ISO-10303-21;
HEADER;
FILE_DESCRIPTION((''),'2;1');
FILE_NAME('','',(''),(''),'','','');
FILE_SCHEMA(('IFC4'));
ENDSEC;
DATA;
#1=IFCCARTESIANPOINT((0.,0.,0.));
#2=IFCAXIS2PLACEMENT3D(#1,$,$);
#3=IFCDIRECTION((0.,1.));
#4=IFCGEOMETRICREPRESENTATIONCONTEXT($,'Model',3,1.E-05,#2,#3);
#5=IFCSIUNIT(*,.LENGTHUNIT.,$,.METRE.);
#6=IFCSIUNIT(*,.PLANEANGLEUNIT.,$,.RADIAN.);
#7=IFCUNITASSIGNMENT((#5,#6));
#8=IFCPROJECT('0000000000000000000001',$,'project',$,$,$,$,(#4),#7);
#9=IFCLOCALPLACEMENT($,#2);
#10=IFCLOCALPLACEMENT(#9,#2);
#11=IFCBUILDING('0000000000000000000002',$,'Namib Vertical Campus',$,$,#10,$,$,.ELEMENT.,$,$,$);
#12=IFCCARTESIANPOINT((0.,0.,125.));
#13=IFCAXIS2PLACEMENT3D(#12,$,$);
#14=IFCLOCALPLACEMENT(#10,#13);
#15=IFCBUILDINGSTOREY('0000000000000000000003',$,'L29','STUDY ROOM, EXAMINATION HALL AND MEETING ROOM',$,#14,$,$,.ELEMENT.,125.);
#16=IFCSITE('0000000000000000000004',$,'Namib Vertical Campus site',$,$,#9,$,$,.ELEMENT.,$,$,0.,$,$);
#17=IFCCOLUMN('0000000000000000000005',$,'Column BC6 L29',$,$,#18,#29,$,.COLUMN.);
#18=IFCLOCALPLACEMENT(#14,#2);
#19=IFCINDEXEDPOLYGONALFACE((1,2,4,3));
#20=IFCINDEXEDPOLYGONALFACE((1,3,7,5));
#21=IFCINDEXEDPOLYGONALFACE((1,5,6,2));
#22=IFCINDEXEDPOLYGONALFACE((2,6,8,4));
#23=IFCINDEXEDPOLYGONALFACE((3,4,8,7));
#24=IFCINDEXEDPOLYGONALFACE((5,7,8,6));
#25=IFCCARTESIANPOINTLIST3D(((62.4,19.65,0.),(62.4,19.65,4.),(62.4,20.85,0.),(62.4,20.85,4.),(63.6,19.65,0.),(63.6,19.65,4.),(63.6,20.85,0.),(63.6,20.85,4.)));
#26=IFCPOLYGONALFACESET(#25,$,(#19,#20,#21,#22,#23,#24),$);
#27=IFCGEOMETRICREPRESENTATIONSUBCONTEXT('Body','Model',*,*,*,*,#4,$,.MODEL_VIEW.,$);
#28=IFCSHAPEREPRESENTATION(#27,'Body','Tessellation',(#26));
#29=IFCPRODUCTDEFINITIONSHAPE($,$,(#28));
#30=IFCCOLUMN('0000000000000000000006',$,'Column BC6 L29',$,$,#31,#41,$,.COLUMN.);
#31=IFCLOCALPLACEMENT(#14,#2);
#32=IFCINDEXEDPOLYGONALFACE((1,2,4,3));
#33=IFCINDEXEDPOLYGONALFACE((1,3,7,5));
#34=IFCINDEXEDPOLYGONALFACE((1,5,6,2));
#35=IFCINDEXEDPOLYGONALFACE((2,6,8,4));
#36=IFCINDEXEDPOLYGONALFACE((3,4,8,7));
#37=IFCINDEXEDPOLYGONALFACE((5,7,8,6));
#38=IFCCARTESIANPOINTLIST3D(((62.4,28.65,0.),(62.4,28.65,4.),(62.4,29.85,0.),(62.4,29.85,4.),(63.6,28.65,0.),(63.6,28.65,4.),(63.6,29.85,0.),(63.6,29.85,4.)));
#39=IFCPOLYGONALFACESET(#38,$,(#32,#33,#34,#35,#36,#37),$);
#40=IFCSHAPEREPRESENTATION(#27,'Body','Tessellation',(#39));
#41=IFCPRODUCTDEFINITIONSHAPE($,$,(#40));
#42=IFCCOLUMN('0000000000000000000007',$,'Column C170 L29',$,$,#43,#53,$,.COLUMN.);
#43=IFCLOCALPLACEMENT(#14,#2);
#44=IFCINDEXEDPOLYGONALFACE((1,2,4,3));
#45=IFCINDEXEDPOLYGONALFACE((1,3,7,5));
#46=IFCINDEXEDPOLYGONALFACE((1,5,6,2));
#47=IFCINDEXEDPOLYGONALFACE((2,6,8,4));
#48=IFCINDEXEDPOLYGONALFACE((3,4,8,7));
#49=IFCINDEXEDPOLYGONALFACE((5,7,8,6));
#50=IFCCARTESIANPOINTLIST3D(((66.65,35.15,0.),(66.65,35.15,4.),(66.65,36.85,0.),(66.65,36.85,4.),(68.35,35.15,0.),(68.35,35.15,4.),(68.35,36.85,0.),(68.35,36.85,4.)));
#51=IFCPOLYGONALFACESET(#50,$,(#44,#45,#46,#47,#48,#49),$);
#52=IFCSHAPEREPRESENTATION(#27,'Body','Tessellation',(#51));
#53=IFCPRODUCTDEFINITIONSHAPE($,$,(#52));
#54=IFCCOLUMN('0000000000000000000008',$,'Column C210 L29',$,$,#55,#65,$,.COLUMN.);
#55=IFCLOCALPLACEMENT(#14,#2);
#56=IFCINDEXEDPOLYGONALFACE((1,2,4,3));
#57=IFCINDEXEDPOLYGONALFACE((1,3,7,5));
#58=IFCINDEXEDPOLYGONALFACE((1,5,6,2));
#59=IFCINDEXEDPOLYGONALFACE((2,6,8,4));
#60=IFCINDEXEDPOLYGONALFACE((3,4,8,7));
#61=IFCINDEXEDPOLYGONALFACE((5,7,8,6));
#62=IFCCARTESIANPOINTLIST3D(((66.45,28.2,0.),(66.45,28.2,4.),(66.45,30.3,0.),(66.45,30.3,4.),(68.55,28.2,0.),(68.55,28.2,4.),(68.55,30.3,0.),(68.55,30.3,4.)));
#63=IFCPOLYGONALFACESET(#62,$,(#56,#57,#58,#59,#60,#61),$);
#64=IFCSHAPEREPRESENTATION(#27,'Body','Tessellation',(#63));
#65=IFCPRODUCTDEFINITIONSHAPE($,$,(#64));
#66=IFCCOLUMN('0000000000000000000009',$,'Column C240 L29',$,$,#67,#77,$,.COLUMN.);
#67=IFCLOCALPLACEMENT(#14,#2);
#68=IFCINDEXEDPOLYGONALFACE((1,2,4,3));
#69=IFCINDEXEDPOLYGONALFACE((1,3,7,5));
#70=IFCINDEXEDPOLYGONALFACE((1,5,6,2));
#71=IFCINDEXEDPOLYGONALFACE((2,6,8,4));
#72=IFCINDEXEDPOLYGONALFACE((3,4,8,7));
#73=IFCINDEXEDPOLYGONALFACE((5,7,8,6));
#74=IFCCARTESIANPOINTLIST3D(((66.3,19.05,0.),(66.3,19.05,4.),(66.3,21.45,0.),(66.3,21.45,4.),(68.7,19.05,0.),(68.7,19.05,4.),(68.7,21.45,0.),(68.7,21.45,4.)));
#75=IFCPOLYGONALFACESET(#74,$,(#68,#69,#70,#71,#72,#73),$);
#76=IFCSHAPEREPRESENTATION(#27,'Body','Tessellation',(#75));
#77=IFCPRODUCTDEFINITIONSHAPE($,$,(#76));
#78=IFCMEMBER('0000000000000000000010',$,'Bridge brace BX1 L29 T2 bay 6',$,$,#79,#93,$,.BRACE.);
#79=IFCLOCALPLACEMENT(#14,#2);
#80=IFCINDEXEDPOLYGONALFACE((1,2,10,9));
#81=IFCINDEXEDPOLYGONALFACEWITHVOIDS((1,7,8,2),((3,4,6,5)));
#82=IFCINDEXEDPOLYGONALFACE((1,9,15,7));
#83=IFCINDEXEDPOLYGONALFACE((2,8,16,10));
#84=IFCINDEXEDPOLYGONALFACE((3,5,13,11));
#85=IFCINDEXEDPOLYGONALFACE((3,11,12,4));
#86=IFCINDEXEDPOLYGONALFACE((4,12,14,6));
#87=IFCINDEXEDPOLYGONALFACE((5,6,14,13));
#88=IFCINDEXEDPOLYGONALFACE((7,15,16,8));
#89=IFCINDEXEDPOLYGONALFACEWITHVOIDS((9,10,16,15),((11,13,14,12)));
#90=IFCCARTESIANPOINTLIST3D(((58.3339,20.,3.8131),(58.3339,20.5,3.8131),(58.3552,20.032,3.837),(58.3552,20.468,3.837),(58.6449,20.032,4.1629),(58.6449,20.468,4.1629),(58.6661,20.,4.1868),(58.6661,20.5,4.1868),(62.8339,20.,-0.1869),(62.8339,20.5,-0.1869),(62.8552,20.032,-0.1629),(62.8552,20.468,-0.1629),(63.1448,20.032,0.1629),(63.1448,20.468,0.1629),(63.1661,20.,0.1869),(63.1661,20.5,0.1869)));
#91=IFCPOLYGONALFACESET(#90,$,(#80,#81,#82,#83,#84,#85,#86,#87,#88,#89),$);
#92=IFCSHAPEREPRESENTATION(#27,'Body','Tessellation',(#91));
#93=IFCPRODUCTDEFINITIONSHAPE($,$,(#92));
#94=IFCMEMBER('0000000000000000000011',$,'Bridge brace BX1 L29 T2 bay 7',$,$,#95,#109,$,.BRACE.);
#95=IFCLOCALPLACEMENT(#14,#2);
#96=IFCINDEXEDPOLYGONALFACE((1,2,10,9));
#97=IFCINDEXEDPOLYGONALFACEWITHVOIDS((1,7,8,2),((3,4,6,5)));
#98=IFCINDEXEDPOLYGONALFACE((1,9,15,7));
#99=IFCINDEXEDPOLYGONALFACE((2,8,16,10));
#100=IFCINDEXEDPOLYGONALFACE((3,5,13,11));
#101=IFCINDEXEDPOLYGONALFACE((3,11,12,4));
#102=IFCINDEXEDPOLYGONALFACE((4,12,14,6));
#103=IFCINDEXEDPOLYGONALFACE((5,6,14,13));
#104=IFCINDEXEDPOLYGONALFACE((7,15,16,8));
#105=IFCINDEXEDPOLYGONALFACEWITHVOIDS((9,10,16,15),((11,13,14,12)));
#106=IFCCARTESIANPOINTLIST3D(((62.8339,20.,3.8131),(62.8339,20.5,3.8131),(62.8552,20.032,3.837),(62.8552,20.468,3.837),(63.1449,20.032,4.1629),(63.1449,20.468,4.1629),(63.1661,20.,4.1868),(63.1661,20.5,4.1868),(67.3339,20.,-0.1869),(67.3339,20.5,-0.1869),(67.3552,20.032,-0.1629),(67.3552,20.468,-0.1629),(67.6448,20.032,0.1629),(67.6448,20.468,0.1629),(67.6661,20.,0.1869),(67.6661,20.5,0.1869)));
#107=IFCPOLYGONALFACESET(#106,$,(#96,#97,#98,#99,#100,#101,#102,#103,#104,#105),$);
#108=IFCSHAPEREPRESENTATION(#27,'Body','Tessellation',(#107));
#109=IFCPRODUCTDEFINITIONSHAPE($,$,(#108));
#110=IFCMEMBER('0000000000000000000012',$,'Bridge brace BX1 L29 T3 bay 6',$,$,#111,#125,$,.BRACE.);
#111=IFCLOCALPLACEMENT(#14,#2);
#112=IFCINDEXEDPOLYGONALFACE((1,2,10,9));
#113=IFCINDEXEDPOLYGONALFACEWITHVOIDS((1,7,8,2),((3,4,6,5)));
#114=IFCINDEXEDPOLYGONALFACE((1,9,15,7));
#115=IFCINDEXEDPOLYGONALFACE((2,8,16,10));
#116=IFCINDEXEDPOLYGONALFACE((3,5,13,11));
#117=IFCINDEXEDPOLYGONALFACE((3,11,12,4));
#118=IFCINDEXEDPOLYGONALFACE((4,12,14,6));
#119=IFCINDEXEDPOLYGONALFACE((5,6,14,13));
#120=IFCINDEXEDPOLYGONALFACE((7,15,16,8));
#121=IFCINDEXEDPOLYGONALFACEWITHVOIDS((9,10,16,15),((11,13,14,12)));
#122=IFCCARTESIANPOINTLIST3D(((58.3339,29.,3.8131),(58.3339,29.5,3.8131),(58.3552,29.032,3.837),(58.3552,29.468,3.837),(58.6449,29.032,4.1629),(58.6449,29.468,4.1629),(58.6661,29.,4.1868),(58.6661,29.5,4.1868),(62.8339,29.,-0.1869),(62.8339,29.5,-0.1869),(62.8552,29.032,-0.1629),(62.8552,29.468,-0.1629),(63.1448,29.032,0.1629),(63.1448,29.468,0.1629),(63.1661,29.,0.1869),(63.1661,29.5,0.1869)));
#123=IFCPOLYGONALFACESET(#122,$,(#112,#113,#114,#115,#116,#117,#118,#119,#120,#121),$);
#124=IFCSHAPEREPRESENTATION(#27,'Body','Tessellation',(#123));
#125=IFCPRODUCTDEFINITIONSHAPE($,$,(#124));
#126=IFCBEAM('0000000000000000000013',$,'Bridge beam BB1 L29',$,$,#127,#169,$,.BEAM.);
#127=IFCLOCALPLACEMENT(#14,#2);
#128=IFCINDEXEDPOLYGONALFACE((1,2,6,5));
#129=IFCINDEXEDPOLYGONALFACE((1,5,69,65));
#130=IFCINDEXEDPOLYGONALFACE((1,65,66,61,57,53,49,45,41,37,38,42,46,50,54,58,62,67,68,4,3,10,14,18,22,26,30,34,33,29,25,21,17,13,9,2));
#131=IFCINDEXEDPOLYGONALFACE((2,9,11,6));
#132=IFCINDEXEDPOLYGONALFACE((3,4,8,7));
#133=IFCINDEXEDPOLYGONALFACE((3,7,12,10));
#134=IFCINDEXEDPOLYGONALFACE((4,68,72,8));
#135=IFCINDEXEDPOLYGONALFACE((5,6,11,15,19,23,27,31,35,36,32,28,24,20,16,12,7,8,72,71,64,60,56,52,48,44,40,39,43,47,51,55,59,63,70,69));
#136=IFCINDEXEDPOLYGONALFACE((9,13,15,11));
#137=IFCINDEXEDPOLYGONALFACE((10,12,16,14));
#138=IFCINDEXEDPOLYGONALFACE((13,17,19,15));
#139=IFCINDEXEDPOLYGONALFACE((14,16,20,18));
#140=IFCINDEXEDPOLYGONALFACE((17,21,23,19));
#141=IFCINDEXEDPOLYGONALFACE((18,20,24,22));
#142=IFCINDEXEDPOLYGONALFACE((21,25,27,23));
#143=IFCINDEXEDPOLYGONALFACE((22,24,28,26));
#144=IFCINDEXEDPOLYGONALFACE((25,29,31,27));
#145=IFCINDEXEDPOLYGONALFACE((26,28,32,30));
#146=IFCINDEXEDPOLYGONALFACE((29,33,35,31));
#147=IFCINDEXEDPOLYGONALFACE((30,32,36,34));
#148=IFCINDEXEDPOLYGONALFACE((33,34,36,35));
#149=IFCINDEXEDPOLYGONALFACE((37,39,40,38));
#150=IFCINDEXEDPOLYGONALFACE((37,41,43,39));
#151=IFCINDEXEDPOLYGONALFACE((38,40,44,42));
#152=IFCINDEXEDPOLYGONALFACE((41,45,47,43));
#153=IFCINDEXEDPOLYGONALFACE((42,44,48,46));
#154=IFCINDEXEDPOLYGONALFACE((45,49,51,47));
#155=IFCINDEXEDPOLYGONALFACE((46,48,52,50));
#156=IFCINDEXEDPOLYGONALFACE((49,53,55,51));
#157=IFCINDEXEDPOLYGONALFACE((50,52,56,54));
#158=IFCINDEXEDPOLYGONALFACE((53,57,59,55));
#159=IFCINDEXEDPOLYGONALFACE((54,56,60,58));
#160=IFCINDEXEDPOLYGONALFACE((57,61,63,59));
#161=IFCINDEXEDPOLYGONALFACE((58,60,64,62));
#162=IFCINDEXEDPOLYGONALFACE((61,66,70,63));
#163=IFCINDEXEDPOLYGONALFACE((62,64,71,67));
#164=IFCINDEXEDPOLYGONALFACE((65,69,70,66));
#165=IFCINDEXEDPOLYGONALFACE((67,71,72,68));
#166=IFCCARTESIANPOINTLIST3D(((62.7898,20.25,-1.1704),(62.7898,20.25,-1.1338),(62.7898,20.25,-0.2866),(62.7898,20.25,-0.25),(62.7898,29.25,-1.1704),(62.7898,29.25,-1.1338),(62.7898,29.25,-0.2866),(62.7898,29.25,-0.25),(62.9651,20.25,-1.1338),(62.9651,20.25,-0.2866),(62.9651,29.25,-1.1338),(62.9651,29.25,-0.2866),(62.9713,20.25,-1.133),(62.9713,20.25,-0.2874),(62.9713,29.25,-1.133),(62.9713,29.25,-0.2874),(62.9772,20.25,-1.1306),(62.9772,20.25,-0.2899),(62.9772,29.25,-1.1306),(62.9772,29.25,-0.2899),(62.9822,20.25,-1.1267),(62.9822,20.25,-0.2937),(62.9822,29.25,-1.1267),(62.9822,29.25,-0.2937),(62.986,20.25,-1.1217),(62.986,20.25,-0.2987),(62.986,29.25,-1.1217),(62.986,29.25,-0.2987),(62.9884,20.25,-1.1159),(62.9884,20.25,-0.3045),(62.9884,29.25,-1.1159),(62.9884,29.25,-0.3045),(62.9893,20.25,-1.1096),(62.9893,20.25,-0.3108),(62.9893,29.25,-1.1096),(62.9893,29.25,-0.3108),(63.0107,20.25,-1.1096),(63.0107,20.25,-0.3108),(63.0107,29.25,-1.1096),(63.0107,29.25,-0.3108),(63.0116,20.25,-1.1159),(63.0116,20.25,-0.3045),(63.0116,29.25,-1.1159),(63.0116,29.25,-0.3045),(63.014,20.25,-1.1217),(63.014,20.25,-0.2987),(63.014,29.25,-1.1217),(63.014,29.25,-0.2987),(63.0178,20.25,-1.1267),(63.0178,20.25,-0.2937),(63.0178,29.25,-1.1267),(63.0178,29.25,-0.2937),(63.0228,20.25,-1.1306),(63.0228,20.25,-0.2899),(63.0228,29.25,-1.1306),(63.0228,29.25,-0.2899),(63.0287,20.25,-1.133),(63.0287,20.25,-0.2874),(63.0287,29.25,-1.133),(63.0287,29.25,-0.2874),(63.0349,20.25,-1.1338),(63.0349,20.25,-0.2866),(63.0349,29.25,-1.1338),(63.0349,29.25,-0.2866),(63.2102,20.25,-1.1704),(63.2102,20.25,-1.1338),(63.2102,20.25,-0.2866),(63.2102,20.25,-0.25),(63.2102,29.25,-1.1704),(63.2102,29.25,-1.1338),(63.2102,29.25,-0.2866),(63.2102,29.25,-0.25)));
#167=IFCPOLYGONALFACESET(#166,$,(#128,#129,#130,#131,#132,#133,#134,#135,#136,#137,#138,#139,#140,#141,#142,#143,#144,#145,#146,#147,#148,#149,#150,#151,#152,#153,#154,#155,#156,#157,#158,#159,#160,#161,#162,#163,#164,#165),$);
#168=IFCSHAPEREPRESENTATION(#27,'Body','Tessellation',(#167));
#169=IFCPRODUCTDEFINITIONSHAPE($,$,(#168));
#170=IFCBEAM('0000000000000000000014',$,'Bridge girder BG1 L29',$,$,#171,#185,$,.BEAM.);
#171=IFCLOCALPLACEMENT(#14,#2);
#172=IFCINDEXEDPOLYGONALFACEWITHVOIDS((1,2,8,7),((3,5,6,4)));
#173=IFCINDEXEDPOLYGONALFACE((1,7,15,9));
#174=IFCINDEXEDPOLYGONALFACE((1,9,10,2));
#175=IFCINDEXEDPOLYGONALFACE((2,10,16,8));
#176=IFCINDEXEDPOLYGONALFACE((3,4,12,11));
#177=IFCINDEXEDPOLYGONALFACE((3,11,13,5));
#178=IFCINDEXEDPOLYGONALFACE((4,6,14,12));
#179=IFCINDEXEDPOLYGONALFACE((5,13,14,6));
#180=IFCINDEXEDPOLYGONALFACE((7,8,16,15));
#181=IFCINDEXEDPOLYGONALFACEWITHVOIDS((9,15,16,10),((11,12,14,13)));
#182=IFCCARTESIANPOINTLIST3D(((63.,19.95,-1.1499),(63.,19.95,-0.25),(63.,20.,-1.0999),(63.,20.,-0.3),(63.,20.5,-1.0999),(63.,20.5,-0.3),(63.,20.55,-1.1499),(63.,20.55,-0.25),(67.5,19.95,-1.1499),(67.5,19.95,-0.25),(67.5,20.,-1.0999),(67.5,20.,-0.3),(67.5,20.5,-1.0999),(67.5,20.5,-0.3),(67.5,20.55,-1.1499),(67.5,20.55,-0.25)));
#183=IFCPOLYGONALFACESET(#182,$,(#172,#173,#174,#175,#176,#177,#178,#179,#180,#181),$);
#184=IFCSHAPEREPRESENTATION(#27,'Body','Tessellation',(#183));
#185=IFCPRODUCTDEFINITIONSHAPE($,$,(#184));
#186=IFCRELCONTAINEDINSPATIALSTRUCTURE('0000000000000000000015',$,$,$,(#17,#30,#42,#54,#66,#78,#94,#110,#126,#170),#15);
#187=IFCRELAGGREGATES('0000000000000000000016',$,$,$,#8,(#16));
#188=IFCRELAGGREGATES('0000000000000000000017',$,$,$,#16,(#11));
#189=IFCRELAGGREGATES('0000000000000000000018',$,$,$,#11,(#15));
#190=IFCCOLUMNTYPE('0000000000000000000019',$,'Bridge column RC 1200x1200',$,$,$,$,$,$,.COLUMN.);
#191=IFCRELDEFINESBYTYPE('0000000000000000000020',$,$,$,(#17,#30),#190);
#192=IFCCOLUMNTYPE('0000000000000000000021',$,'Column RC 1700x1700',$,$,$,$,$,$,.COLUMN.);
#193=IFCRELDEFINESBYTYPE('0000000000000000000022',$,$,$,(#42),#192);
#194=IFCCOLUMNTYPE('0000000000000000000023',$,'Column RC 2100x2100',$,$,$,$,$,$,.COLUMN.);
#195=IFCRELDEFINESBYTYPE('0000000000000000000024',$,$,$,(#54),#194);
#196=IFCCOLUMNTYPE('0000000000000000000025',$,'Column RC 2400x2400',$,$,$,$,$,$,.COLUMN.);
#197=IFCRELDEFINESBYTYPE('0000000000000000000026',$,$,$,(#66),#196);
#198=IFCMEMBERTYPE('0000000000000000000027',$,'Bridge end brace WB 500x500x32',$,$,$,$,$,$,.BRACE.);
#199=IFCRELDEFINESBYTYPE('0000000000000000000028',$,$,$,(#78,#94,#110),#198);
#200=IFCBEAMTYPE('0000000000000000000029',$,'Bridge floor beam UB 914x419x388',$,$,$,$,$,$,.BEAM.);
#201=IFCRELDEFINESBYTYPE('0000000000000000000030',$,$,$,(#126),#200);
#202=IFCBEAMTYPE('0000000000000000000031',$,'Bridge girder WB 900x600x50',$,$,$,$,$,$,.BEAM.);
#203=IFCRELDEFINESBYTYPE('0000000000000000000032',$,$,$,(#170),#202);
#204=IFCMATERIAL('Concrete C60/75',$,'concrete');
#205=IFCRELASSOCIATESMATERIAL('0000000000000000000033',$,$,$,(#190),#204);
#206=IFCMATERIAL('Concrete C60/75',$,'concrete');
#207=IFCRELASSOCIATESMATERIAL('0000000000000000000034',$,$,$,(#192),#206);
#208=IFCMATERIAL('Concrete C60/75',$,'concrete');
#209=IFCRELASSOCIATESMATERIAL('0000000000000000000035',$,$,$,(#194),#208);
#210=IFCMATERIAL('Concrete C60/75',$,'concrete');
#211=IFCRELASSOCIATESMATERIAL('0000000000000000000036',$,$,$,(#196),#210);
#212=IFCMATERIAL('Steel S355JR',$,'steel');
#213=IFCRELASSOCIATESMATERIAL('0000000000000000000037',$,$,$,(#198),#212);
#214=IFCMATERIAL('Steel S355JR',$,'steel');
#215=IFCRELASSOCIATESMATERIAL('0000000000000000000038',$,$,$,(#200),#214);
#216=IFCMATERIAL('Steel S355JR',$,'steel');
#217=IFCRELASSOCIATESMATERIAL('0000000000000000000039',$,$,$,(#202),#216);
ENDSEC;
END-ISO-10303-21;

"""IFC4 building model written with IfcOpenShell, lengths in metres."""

from ifc_helpers import new_model, si_unit, direction, frame, origin, origin_2d, place, context, subcontext, project, spatial, rectangle, hollow_rectangle, i_section, extrude, material, material_profile, profile_set, type_object, element, save


model = new_model("IFC4")

# Units and contexts
model_context = context("Model", 3, precision=1e-05, world=origin(), true_north=direction((0.0, 1.0)))
body_context = subcontext(model_context, "Body", "Model", "MODEL_VIEW")
ifc_project = project(units=[si_unit("LENGTHUNIT", "METRE"), si_unit("PLANEANGLEUNIT", "RADIAN")], contexts=[model_context])

# Site, building, storey
site_placement = place(None, origin())
site = spatial("IfcSite", under=ifc_project, at=site_placement, Name="Namib Vertical Campus site", CompositionType="ELEMENT", RefElevation=0.0)
building_placement = place(site_placement, origin())
building = spatial("IfcBuilding", under=site, at=building_placement, Name="Namib Vertical Campus", CompositionType="ELEMENT")
storey_placement = place(building_placement, frame((0.0, 0.0, 125.0)))
storey = spatial("IfcBuildingStorey", under=building, at=storey_placement, Name="L29", Description="STUDY ROOM, EXAMINATION HALL AND MEETING ROOM", CompositionType="ELEMENT", Elevation=125.0)

# Columns
ifc_material_1 = material(Name="Concrete C60/75", Category="concrete")
ifc_material_profile_1 = material_profile(ifc_material_1, rectangle(XDim=1.2, YDim=1.2, at=origin_2d()))
ifc_profile_set_1 = profile_set([ifc_material_profile_1], Name="Concrete C60/75")
column_type_1 = type_object("IfcColumnType", Name="Bridge column RC 1200x1200", PredefinedType="COLUMN", material=ifc_profile_set_1)
for number, where, z_axis, x_axis, name in (
    (1, (63.0, 20.25, 0.0), (0.0, 0.0, 1.0), (1.0, 0.0, 0.0), "Column BC6 L29"),
    (2, (63.0, 29.25, 0.0), (0.0, 0.0, 1.0), (1.0, 0.0, 0.0), "Column BC6 L29"),
):
    element("IfcColumn", number, at=place(storey_placement, frame(where, z_axis=z_axis, x_axis=x_axis)), inside=storey, type_object=column_type_1, Name=name, PredefinedType="COLUMN", context=body_context, shape_type="SweptSolid", body=[
        extrude(rectangle(XDim=1.2, YDim=1.2, at=origin_2d()), origin(), (0.0, 0.0, 1.0), 4.0),
    ])
ifc_material_2 = material(Name="Concrete C60/75", Category="concrete")
ifc_material_profile_2 = material_profile(ifc_material_2, rectangle(XDim=1.7, YDim=1.7, at=origin_2d()))
ifc_profile_set_2 = profile_set([ifc_material_profile_2], Name="Concrete C60/75")
column_type_2 = type_object("IfcColumnType", Name="Column RC 1700x1700", PredefinedType="COLUMN", material=ifc_profile_set_2)
column_1_placement = place(storey_placement, frame((67.5, 36.0, 0.0), z_axis=(0.0, 0.0, 1.0), x_axis=(1.0, 0.0, 0.0)))
element("IfcColumn", 3, at=column_1_placement, inside=storey, type_object=column_type_2, Name="Column C170 L29", PredefinedType="COLUMN", context=body_context, shape_type="SweptSolid", body=[
    extrude(rectangle(XDim=1.7, YDim=1.7, at=origin_2d()), origin(), (0.0, 0.0, 1.0), 4.0),
])
ifc_material_3 = material(Name="Concrete C60/75", Category="concrete")
ifc_material_profile_3 = material_profile(ifc_material_3, rectangle(XDim=2.1001, YDim=2.1001, at=origin_2d()))
ifc_profile_set_3 = profile_set([ifc_material_profile_3], Name="Concrete C60/75")
column_type_3 = type_object("IfcColumnType", Name="Column RC 2100x2100", PredefinedType="COLUMN", material=ifc_profile_set_3)
column_2_placement = place(storey_placement, frame((67.5, 29.25, 0.0), z_axis=(0.0, 0.0, 1.0), x_axis=(1.0, 0.0, 0.0)))
element("IfcColumn", 4, at=column_2_placement, inside=storey, type_object=column_type_3, Name="Column C210 L29", PredefinedType="COLUMN", context=body_context, shape_type="SweptSolid", body=[
    extrude(rectangle(XDim=2.1001, YDim=2.1001, at=origin_2d()), origin(), (0.0, 0.0, 1.0), 4.0),
])
ifc_material_4 = material(Name="Concrete C60/75", Category="concrete")
ifc_material_profile_4 = material_profile(ifc_material_4, rectangle(XDim=2.3999, YDim=2.3999, at=origin_2d()))
ifc_profile_set_4 = profile_set([ifc_material_profile_4], Name="Concrete C60/75")
column_type_4 = type_object("IfcColumnType", Name="Column RC 2400x2400", PredefinedType="COLUMN", material=ifc_profile_set_4)
column_3_placement = place(storey_placement, frame((67.5, 20.25, 0.0), z_axis=(0.0, 0.0, 1.0), x_axis=(1.0, 0.0, 0.0)))
element("IfcColumn", 5, at=column_3_placement, inside=storey, type_object=column_type_4, Name="Column C240 L29", PredefinedType="COLUMN", context=body_context, shape_type="SweptSolid", body=[
    extrude(rectangle(XDim=2.3999, YDim=2.3999, at=origin_2d()), origin(), (0.0, 0.0, 1.0), 4.0),
])

# Members
ifc_material_5 = material(Name="Steel S355JR", Category="steel")
ifc_material_profile_5 = material_profile(ifc_material_5, hollow_rectangle(XDim=0.5, YDim=0.5, WallThickness=0.032, at=origin_2d()))
ifc_profile_set_5 = profile_set([ifc_material_profile_5], Name="Steel S355JR")
member_type_1 = type_object("IfcMemberType", Name="Bridge end brace WB 500x500x32", PredefinedType="BRACE", material=ifc_profile_set_5)
for number, where, z_axis, x_axis, name in (
    (6, (63.0, 20.25, 0.0), (-0.747409, 0.0, 0.664364), (0.0, -1.0, 0.0), "Bridge brace BX1 L29 T2 bay 6"),
    (7, (67.5, 20.25, 0.0), (-0.747409, 0.0, 0.664364), (0.0, -1.0, 0.0), "Bridge brace BX1 L29 T2 bay 7"),
    (8, (63.0, 29.25, 0.0), (-0.747409, 0.0, 0.664364), (0.0, -1.0, 0.0), "Bridge brace BX1 L29 T3 bay 6"),
):
    element("IfcMember", number, at=place(storey_placement, frame(where, z_axis=z_axis, x_axis=x_axis)), inside=storey, type_object=member_type_1, Name=name, PredefinedType="BRACE", context=body_context, shape_type="SweptSolid", body=[
        extrude(hollow_rectangle(XDim=0.5, YDim=0.5, WallThickness=0.032, at=origin_2d()), origin(), (0.0, 0.0, 1.0), 6.0208),
    ])

# Beams
ifc_material_6 = material(Name="Steel S355JR", Category="steel")
ifc_material_profile_6 = material_profile(ifc_material_6, i_section(OverallWidth=0.4204, OverallDepth=0.9204, WebThickness=0.0215, FlangeThickness=0.0366, FilletRadius=0.0242, at=origin_2d()))
ifc_profile_set_6 = profile_set([ifc_material_profile_6], Name="Steel S355JR")
beam_type_1 = type_object("IfcBeamType", Name="Bridge floor beam UB 914x419x388", PredefinedType="BEAM", material=ifc_profile_set_6)
beam_1_placement = place(storey_placement, frame((63.0, 20.25, -0.7102), z_axis=(0.0, 1.0, 0.0), x_axis=(-1.0, 0.0, 0.0)))
element("IfcBeam", 9, at=beam_1_placement, inside=storey, type_object=beam_type_1, Name="Bridge beam BB1 L29", PredefinedType="BEAM", context=body_context, shape_type="SweptSolid", body=[
    extrude(i_section(OverallWidth=0.4204, OverallDepth=0.9204, WebThickness=0.0215, FlangeThickness=0.0366, FilletRadius=0.0242, at=origin_2d()), origin(), (0.0, 0.0, 1.0), 9.0),
])
ifc_material_7 = material(Name="Steel S355JR", Category="steel")
ifc_material_profile_7 = material_profile(ifc_material_7, hollow_rectangle(XDim=0.6001, YDim=0.8999, WallThickness=0.05, at=origin_2d()))
ifc_profile_set_7 = profile_set([ifc_material_profile_7], Name="Steel S355JR")
beam_type_2 = type_object("IfcBeamType", Name="Bridge girder WB 900x600x50", PredefinedType="BEAM", material=ifc_profile_set_7)
for number, where, z_axis, x_axis, name in (
    (10, (63.0, 20.25, -0.7), (1.0, 0.0, 0.0), (0.0, 1.0, 0.0), "Bridge girder BG1 L29"),
):
    element("IfcBeam", number, at=place(storey_placement, frame(where, z_axis=z_axis, x_axis=x_axis)), inside=storey, type_object=beam_type_2, Name=name, PredefinedType="BEAM", context=body_context, shape_type="SweptSolid", body=[
        extrude(hollow_rectangle(XDim=0.6001, YDim=0.8999, WallThickness=0.05, at=origin_2d()), origin(), (0.0, 0.0, 1.0), 4.5),
    ])

save(model, "model.ifc")
